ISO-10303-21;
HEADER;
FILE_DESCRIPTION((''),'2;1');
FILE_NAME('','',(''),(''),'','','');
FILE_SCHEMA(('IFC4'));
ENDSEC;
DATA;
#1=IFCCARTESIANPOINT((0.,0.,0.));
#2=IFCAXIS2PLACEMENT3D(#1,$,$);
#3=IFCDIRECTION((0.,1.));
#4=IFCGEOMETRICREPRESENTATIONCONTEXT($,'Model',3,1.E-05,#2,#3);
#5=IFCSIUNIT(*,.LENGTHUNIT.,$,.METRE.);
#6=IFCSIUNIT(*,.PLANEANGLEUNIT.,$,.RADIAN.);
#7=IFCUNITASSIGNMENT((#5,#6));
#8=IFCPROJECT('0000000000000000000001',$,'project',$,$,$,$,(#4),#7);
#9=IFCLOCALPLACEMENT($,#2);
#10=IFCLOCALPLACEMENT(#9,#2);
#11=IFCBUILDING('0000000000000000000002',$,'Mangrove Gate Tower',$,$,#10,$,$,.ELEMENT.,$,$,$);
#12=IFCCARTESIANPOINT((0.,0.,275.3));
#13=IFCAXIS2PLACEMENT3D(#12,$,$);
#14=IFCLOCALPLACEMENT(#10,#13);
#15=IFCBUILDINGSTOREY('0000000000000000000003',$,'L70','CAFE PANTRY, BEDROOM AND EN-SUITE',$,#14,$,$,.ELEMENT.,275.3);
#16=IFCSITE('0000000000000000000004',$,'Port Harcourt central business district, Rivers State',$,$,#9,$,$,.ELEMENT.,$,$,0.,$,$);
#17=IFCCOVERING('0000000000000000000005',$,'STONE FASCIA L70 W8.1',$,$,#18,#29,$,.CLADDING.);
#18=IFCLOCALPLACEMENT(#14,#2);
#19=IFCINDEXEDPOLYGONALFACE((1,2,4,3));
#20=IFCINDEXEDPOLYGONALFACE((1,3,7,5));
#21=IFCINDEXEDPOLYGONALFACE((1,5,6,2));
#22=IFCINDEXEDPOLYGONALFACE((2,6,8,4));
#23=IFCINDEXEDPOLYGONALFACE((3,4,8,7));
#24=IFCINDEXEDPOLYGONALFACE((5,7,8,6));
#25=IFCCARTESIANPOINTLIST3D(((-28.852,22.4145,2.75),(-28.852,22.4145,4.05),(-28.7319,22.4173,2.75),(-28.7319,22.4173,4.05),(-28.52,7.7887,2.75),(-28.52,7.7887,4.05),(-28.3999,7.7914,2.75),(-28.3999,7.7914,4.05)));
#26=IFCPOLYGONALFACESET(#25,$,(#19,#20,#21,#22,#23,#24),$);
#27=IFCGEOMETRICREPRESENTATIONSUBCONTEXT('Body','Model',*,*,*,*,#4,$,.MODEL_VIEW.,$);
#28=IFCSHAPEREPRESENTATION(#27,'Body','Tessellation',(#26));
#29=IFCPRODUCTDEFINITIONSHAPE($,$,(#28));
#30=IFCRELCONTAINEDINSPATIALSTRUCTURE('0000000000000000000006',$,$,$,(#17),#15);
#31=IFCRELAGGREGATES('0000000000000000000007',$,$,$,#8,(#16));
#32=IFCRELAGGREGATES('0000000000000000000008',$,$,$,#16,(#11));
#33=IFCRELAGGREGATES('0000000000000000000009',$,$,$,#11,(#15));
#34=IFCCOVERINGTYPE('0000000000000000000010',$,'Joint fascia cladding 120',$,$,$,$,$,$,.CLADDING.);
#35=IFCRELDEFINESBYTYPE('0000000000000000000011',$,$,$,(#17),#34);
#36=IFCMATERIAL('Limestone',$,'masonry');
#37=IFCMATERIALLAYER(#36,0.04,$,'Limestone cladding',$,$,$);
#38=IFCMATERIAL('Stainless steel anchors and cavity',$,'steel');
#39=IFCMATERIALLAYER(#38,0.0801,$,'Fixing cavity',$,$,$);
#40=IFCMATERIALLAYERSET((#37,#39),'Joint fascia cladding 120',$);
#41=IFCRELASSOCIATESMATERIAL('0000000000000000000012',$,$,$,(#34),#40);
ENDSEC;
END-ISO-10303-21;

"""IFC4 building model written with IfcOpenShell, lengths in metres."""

from ifc_helpers import new_model, si_unit, direction, frame, frame_2d, origin, place, context, subcontext, project, spatial, rectangle, extrude, material, layer, layer_set, type_object, element, save


model = new_model("IFC4")

# Units and contexts
model_context = context("Model", 3, precision=1e-05, world=origin(), true_north=direction((0.0, 1.0)))
body_context = subcontext(model_context, "Body", "Model", "MODEL_VIEW")
ifc_project = project(units=[si_unit("LENGTHUNIT", "METRE"), si_unit("PLANEANGLEUNIT", "RADIAN")], contexts=[model_context])

# Site, building, storey
site_placement = place(None, origin())
site = spatial("IfcSite", under=ifc_project, at=site_placement, Name="Port Harcourt central business district, Rivers State", CompositionType="ELEMENT", RefElevation=0.0)
building_placement = place(site_placement, origin())
building = spatial("IfcBuilding", under=site, at=building_placement, Name="Mangrove Gate Tower", CompositionType="ELEMENT")
storey_placement = place(building_placement, frame((0.0, 0.0, 275.3)))
storey = spatial("IfcBuildingStorey", under=building, at=storey_placement, Name="L70", Description="CAFE PANTRY, BEDROOM AND EN-SUITE", CompositionType="ELEMENT", Elevation=275.3)

# Shared definitions
ifc_material_1 = material(Name="Limestone", Category="masonry")

# Covering
ifc_layer_1 = layer(ifc_material_1, 0.04, Name="Limestone cladding")
ifc_material_2 = material(Name="Stainless steel anchors and cavity", Category="steel")
ifc_layer_2 = layer(ifc_material_2, 0.0801, Name="Fixing cavity")
ifc_layer_set_1 = layer_set([ifc_layer_1, ifc_layer_2], Name="Joint fascia cladding 120")
covering_type = type_object("IfcCoveringType", Name="Joint fascia cladding 120", PredefinedType="CLADDING", material=ifc_layer_set_1)
covering_1_placement = place(storey_placement, frame((-28.792, 22.416, 2.75), z_axis=(0.0, 0.0, 1.0), x_axis=(0.022696, -0.999742, 0.0)))
element("IfcCovering", 1, at=covering_1_placement, inside=storey, type_object=covering_type, Name="STONE FASCIA L70 W8.1", PredefinedType="CLADDING", context=body_context, shape_type="SweptSolid", body=[
    extrude(rectangle(XDim=14.6296, YDim=0.1201, at=frame_2d((7.3149, 0.0))), origin(), (0.0, 0.0, 1.0), 1.3),
])

save(model, "model.ifc")
